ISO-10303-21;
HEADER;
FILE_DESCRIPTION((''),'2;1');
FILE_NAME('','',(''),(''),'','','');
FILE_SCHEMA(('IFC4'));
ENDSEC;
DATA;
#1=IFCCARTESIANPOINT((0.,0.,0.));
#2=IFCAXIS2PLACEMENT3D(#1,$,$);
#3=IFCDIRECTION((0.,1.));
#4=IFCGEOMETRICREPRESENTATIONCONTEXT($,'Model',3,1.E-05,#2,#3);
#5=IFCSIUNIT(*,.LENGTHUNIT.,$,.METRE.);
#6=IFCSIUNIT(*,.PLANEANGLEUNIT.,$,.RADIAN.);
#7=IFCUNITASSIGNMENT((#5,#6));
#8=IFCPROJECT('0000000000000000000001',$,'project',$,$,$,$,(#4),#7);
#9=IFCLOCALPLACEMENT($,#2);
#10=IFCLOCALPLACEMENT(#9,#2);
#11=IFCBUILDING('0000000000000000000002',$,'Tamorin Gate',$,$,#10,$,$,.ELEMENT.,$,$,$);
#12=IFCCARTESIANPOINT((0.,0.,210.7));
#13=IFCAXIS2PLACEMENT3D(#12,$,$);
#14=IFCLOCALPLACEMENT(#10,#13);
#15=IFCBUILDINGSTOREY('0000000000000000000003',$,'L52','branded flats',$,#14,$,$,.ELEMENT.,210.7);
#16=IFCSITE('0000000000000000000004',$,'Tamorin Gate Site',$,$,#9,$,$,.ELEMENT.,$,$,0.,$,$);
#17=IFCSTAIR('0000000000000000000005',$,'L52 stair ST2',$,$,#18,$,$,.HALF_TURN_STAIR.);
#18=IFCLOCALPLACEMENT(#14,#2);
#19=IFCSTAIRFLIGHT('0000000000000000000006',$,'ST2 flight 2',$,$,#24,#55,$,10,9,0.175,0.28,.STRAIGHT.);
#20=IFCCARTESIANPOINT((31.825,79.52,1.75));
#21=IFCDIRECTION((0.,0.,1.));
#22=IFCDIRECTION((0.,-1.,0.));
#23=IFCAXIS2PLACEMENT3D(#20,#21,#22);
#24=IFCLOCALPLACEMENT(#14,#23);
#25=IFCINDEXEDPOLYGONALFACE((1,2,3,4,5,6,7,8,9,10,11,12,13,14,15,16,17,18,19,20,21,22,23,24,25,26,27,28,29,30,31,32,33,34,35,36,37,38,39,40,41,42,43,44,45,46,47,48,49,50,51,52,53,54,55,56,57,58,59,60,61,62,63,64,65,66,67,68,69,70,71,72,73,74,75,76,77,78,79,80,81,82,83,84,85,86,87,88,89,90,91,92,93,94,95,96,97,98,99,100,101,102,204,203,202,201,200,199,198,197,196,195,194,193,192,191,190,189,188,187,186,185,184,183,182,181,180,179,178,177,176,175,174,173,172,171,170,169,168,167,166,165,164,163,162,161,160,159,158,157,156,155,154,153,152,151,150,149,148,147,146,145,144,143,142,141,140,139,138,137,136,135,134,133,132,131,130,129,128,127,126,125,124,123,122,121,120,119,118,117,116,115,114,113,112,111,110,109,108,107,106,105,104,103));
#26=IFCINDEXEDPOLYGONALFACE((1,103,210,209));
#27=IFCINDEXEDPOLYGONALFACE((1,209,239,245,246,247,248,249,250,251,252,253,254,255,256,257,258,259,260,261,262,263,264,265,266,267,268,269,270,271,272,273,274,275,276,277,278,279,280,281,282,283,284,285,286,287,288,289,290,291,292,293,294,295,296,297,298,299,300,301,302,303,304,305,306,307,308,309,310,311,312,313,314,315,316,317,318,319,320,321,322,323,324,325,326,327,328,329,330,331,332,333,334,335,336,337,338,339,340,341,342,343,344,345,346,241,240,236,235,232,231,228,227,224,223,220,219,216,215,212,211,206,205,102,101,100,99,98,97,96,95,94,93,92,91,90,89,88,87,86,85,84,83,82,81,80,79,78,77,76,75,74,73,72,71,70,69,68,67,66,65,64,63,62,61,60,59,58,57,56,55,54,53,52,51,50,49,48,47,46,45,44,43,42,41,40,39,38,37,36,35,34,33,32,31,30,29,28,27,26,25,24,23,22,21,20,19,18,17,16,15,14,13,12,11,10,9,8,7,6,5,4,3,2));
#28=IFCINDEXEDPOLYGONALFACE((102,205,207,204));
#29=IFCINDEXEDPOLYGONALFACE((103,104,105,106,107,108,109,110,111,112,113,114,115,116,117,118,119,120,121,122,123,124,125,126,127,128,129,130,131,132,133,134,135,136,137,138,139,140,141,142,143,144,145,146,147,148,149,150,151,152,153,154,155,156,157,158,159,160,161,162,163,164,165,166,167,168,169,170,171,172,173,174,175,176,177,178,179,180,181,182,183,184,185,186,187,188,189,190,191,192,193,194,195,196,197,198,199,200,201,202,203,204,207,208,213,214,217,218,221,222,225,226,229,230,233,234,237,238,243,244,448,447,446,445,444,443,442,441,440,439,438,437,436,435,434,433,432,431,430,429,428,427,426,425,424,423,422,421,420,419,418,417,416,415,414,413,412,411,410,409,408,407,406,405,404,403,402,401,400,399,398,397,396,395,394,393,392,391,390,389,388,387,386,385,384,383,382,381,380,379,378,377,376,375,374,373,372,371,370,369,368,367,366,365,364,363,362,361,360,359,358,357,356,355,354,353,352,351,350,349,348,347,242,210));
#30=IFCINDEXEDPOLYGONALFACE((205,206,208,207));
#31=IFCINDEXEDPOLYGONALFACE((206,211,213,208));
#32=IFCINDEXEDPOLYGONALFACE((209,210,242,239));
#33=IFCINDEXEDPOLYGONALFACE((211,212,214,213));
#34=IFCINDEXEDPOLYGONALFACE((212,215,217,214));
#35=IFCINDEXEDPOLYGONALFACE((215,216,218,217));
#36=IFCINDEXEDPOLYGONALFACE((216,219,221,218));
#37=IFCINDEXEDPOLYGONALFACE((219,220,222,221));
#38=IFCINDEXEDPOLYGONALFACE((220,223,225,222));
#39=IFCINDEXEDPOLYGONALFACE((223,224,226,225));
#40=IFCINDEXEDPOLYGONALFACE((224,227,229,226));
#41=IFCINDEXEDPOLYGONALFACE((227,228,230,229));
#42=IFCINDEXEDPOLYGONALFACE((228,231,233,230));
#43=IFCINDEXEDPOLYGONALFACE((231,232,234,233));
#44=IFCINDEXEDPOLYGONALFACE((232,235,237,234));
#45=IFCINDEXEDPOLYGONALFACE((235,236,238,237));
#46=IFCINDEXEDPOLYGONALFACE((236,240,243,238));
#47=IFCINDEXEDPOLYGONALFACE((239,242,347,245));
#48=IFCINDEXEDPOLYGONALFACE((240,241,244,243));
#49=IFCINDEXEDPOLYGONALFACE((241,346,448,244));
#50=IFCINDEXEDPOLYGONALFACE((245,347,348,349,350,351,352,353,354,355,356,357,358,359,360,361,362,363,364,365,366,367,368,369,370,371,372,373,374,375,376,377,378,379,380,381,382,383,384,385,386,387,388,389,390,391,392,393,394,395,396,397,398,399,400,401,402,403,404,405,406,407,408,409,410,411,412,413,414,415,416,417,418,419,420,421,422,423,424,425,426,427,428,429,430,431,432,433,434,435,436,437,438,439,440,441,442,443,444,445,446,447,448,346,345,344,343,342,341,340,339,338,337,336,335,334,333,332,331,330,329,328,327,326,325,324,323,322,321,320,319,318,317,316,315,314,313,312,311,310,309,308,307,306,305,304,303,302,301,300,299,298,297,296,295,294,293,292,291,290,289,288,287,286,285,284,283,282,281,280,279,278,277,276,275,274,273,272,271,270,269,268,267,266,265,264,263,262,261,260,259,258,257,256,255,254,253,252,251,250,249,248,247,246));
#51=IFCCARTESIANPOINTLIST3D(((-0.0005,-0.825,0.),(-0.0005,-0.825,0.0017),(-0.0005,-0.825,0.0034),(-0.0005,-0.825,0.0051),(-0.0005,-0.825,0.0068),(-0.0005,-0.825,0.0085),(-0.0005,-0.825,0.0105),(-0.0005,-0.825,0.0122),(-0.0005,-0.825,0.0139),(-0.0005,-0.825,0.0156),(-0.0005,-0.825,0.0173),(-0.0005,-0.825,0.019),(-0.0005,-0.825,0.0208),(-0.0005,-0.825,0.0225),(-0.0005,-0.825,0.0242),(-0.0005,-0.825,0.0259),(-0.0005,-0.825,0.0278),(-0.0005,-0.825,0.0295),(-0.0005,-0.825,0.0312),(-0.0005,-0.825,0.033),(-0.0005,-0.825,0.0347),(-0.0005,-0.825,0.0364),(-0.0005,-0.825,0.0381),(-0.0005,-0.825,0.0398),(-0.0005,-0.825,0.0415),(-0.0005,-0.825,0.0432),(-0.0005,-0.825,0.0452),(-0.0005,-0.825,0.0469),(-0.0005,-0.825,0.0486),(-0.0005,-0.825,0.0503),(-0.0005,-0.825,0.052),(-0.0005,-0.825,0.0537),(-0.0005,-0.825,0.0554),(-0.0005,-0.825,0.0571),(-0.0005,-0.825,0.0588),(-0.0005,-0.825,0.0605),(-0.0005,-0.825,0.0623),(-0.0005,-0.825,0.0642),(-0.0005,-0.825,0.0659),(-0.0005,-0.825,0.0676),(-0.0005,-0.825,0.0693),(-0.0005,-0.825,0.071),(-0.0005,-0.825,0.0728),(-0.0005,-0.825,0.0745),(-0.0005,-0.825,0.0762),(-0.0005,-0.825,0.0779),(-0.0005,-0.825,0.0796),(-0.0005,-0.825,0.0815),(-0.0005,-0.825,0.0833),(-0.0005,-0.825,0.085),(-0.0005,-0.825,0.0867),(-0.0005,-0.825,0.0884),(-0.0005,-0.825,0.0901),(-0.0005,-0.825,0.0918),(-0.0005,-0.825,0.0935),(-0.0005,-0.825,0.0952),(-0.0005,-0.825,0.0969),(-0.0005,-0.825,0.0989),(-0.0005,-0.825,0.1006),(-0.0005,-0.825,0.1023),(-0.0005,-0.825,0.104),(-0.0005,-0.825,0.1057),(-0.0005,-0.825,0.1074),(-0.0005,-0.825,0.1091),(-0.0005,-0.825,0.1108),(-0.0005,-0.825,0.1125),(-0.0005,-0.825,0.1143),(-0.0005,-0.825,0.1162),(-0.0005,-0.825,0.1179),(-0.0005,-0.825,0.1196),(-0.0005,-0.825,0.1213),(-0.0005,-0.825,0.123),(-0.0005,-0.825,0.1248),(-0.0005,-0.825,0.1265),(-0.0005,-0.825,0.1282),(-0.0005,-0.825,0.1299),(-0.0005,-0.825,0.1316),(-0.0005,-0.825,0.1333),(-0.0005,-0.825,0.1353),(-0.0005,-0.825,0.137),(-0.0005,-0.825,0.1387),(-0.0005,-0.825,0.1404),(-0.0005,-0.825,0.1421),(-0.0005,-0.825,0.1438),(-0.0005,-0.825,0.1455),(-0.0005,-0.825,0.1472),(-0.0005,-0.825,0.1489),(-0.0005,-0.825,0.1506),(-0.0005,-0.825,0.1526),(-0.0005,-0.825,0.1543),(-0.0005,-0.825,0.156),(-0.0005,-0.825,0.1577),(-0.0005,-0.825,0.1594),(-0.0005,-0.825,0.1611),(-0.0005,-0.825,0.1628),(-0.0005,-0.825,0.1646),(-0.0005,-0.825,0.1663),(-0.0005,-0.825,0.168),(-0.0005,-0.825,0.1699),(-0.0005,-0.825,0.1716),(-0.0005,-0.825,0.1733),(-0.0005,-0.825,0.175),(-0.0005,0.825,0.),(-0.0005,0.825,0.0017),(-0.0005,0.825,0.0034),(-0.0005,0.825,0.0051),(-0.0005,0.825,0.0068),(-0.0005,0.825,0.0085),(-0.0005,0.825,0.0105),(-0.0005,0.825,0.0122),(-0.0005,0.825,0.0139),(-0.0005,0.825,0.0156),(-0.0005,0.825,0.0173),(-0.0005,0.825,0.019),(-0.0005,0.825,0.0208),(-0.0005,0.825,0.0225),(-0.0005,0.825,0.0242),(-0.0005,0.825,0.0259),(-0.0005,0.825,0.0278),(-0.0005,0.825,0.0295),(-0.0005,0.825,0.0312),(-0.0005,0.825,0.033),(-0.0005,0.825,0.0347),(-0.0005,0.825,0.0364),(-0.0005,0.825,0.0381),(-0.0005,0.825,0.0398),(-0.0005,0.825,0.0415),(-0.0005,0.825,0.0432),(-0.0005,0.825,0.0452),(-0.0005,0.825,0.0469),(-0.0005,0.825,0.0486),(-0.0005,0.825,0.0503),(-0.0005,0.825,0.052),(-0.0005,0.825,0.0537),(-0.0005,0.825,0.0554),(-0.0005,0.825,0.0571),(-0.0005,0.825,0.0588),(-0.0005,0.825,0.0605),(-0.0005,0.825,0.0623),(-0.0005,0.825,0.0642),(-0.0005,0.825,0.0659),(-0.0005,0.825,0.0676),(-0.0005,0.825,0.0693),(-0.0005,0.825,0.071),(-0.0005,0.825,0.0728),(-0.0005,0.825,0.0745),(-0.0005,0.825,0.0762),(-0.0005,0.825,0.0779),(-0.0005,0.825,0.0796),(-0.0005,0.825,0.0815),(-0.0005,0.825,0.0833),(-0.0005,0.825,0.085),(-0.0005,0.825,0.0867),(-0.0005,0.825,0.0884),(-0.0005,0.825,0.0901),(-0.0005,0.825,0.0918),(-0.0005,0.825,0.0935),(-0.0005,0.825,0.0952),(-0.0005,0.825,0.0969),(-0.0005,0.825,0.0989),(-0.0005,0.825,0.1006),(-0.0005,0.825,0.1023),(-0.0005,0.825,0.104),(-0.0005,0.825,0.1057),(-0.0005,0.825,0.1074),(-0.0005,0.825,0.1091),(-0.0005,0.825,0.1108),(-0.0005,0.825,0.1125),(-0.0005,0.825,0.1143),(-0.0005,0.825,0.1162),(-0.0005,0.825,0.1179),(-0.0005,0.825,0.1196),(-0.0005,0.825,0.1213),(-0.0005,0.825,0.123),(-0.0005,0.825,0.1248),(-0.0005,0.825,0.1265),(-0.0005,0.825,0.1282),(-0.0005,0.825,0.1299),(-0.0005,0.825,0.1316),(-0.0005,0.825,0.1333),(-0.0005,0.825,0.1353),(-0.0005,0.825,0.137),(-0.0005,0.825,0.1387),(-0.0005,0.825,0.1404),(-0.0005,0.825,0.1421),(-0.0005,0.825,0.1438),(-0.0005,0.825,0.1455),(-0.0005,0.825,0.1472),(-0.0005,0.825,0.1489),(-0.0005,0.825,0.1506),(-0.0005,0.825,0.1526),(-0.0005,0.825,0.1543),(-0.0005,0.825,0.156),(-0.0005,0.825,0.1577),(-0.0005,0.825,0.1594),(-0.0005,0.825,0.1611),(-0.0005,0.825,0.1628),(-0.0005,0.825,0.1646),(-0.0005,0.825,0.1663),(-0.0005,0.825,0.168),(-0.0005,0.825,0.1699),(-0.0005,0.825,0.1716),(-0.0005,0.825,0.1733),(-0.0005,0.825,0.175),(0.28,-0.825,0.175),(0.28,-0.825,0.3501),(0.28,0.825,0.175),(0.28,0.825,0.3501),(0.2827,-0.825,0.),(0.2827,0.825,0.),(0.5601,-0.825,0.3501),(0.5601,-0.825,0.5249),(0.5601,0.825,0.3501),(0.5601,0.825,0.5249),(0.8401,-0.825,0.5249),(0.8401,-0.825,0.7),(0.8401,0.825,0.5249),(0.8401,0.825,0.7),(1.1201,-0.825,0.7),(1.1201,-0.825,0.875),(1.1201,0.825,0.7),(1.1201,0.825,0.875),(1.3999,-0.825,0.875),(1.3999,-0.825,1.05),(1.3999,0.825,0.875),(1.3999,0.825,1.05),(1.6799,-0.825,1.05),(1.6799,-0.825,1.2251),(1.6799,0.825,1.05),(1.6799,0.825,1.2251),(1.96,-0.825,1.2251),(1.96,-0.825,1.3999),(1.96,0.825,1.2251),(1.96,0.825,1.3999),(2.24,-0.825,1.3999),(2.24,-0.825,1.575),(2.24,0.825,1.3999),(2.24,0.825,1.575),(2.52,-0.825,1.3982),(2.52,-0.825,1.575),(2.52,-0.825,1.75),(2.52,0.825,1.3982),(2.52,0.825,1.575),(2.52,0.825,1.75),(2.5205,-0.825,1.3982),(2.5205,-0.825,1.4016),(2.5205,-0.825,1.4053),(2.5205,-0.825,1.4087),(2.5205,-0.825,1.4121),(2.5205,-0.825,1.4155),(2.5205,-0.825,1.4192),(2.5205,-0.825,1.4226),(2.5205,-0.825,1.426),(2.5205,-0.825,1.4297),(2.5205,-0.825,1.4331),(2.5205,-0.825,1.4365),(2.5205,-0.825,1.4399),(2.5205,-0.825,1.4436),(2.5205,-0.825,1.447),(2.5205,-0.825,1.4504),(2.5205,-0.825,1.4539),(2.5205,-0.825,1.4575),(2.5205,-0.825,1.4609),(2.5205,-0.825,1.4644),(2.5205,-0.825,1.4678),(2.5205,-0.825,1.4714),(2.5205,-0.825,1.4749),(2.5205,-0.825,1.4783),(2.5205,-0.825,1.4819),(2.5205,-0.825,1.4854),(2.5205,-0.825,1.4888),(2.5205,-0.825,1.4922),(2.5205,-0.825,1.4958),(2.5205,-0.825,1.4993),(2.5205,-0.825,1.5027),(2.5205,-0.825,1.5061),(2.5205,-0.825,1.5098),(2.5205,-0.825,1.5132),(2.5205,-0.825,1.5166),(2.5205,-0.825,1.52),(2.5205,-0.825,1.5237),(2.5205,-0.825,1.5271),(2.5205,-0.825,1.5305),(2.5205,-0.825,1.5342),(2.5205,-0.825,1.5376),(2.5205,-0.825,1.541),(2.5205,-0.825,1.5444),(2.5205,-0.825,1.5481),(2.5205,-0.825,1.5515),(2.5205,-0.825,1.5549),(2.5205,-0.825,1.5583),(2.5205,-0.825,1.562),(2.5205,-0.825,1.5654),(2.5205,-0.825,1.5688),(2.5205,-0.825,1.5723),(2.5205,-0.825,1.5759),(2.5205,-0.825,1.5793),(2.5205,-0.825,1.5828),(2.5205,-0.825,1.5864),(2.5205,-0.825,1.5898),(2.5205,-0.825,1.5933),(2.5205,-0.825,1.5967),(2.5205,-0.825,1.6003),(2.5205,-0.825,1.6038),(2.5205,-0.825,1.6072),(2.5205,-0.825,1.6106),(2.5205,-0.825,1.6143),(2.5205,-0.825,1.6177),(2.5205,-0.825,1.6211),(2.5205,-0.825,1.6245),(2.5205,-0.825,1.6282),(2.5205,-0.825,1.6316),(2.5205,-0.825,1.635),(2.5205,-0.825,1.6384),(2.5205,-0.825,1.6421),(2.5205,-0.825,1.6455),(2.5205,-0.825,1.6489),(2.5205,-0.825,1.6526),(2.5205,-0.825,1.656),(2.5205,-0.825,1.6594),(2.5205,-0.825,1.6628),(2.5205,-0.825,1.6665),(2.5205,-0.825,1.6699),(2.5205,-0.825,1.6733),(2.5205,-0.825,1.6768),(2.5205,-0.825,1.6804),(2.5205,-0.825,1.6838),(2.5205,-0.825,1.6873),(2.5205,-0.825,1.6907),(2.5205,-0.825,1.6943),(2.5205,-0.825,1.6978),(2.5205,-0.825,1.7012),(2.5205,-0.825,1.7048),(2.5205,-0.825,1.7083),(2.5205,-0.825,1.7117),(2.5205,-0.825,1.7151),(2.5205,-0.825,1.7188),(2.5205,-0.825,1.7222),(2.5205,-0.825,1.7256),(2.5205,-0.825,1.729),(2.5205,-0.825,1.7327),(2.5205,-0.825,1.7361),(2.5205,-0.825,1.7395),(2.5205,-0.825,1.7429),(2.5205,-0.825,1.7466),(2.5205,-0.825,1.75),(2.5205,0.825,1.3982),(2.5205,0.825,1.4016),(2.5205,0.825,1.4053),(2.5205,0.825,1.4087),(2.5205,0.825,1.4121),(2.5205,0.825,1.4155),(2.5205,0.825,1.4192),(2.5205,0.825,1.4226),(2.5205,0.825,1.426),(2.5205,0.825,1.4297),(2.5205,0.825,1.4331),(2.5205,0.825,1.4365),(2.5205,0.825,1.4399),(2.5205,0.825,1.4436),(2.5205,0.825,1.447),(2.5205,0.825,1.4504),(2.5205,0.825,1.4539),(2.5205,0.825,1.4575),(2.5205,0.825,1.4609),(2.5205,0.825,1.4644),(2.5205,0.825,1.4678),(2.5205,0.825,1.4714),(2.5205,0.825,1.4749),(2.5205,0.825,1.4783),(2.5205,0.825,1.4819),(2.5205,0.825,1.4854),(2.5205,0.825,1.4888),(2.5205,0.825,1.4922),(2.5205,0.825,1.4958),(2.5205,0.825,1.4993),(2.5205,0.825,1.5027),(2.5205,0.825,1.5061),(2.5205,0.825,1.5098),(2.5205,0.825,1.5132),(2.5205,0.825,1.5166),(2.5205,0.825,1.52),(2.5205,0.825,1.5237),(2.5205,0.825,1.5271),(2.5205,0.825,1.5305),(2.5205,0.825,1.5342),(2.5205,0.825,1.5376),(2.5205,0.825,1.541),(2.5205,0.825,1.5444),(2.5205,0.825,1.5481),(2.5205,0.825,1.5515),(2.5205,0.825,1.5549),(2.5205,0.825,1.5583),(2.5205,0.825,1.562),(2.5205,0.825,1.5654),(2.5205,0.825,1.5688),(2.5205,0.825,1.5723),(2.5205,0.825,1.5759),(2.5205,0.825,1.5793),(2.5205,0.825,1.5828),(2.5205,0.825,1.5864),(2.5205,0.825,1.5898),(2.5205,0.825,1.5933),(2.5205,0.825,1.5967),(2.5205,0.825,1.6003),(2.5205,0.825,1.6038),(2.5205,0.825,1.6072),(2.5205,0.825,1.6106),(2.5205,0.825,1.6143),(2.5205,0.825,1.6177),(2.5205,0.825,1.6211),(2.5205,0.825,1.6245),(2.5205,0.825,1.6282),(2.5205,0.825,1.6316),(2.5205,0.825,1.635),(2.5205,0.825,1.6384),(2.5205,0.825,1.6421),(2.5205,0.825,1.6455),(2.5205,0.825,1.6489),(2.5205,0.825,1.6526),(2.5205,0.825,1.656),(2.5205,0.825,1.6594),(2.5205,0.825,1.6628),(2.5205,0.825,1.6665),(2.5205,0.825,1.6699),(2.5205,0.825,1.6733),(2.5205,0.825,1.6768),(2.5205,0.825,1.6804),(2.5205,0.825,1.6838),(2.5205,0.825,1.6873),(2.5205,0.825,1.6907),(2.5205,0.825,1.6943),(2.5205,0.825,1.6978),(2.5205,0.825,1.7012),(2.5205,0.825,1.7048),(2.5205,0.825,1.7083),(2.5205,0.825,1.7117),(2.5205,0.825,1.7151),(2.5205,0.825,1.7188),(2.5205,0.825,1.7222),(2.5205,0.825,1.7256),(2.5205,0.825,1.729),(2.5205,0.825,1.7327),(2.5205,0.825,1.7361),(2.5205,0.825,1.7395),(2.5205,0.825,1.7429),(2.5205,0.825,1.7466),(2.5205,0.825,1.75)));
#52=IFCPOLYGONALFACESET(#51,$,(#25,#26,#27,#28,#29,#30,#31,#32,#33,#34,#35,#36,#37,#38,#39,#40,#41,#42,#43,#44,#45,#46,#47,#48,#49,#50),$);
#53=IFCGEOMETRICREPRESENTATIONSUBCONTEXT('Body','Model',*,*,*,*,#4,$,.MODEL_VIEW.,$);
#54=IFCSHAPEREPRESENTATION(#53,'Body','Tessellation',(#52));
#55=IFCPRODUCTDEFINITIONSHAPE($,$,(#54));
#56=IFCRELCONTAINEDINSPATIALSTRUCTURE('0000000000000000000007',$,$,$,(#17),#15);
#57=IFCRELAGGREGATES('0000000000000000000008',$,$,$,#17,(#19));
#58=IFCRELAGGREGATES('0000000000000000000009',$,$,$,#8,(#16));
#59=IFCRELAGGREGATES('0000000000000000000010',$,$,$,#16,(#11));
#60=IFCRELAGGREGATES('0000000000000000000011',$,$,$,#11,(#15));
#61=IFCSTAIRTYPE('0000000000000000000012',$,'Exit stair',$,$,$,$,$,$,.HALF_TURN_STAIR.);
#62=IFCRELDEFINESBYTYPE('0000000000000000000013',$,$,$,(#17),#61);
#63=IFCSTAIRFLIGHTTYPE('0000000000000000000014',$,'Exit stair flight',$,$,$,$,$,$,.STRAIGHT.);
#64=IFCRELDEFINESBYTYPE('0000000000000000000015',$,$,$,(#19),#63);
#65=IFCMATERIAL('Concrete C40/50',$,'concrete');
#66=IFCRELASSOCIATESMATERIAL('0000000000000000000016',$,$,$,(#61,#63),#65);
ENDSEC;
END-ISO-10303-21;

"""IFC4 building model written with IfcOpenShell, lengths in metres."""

from ifc_helpers import new_model, si_unit, direction, frame, origin, place, context, subcontext, project, spatial, polyline, outline, extrude, material, type_object, element, aggregate, save


model = new_model("IFC4")

# Units and contexts
model_context = context("Model", 3, precision=1e-05, world=origin(), true_north=direction((0.0, 1.0)))
body_context = subcontext(model_context, "Body", "Model", "MODEL_VIEW")
ifc_project = project(units=[si_unit("LENGTHUNIT", "METRE"), si_unit("PLANEANGLEUNIT", "RADIAN")], contexts=[model_context])

# Site, building, storey
site_placement = place(None, origin())
site = spatial("IfcSite", under=ifc_project, at=site_placement, Name="Tamorin Gate Site", CompositionType="ELEMENT", RefElevation=0.0)
building_placement = place(site_placement, origin())
building = spatial("IfcBuilding", under=site, at=building_placement, Name="Tamorin Gate", CompositionType="ELEMENT")
storey_placement = place(building_placement, frame((0.0, 0.0, 210.7)))
storey = spatial("IfcBuildingStorey", under=building, at=storey_placement, Name="L52", Description="branded flats", CompositionType="ELEMENT", Elevation=210.7)

# Stair, stair flight
ifc_material_1 = material(Name="Concrete C40/50", Category="concrete")
stair_type = type_object("IfcStairType", Name="Exit stair", PredefinedType="HALF_TURN_STAIR", material=ifc_material_1)
stair_placement = place(storey_placement, origin())
stair = element("IfcStair", 1, at=stair_placement, inside=storey, type_object=stair_type, Name="L52 stair ST2", PredefinedType="HALF_TURN_STAIR")
stair_flight_type = type_object("IfcStairFlightType", Name="Exit stair flight", PredefinedType="STRAIGHT", material=ifc_material_1)
stair_flight_placement = place(storey_placement, frame((31.825, 79.52, 1.75), z_axis=(0.0, 0.0, 1.0), x_axis=(0.0, -1.0, 0.0)))
stair_flight = element("IfcStairFlight", 2, at=stair_flight_placement, type_object=stair_flight_type, Name="ST2 flight 2", NumberOfRisers=10, NumberOfTreads=9, PredefinedType="STRAIGHT", RiserHeight=0.175, TreadLength=0.28, context=body_context, shape_type="SweptSolid", body=[
    extrude(outline(polyline([(-0.0005, 0.0), (-0.0005, 0.0017), (-0.0005, 0.0034), (-0.0005, 0.0051), (-0.0005, 0.0068), (-0.0005, 0.0085), (-0.0005, 0.0105), (-0.0005, 0.0122), (-0.0005, 0.0139), (-0.0005, 0.0156), (-0.0005, 0.0173), (-0.0005, 0.019), (-0.0005, 0.0208), (-0.0005, 0.0225), (-0.0005, 0.0242), (-0.0005, 0.0259), (-0.0005, 0.0278), (-0.0005, 0.0295), (-0.0005, 0.0312), (-0.0005, 0.033), (-0.0005, 0.0347), (-0.0005, 0.0364), (-0.0005, 0.0381), (-0.0005, 0.0398), (-0.0005, 0.0415), (-0.0005, 0.0432), (-0.0005, 0.0452), (-0.0005, 0.0469), (-0.0005, 0.0486), (-0.0005, 0.0503), (-0.0005, 0.052), (-0.0005, 0.0537), (-0.0005, 0.0554), (-0.0005, 0.0571), (-0.0005, 0.0588), (-0.0005, 0.0605), (-0.0005, 0.0623), (-0.0005, 0.0642), (-0.0005, 0.0659), (-0.0005, 0.0676), (-0.0005, 0.0693), (-0.0005, 0.071), (-0.0005, 0.0728), (-0.0005, 0.0745), (-0.0005, 0.0762), (-0.0005, 0.0779), (-0.0005, 0.0796), (-0.0005, 0.0815), (-0.0005, 0.0833), (-0.0005, 0.085), (-0.0005, 0.0867), (-0.0005, 0.0884), (-0.0005, 0.0901), (-0.0005, 0.0918), (-0.0005, 0.0935), (-0.0005, 0.0952), (-0.0005, 0.0969), (-0.0005, 0.0989), (-0.0005, 0.1006), (-0.0005, 0.1023), (-0.0005, 0.104), (-0.0005, 0.1057), (-0.0005, 0.1074), (-0.0005, 0.1091), (-0.0005, 0.1108), (-0.0005, 0.1125), (-0.0005, 0.1143), (-0.0005, 0.1162), (-0.0005, 0.1179), (-0.0005, 0.1196), (-0.0005, 0.1213), (-0.0005, 0.123), (-0.0005, 0.1248), (-0.0005, 0.1265), (-0.0005, 0.1282), (-0.0005, 0.1299), (-0.0005, 0.1316), (-0.0005, 0.1333), (-0.0005, 0.1353), (-0.0005, 0.137), (-0.0005, 0.1387), (-0.0005, 0.1404), (-0.0005, 0.1421), (-0.0005, 0.1438), (-0.0005, 0.1455), (-0.0005, 0.1472), (-0.0005, 0.1489), (-0.0005, 0.1506), (-0.0005, 0.1526), (-0.0005, 0.1543), (-0.0005, 0.156), (-0.0005, 0.1577), (-0.0005, 0.1594), (-0.0005, 0.1611), (-0.0005, 0.1628), (-0.0005, 0.1646), (-0.0005, 0.1663), (-0.0005, 0.168), (-0.0005, 0.1699), (-0.0005, 0.1716), (-0.0005, 0.1733), (-0.0005, 0.175), (0.28, 0.175), (0.28, 0.3501), (0.5601, 0.3501), (0.5601, 0.5249), (0.8401, 0.5249), (0.8401, 0.7), (1.1201, 0.7), (1.1201, 0.875), (1.3999, 0.875), (1.3999, 1.05), (1.6799, 1.05), (1.6799, 1.2251), (1.96, 1.2251), (1.96, 1.3999), (2.24, 1.3999), (2.24, 1.575), (2.52, 1.575), (2.52, 1.75), (2.5205, 1.75), (2.5205, 1.7466), (2.5205, 1.7429), (2.5205, 1.7395), (2.5205, 1.7361), (2.5205, 1.7327), (2.5205, 1.729), (2.5205, 1.7256), (2.5205, 1.7222), (2.5205, 1.7188), (2.5205, 1.7151), (2.5205, 1.7117), (2.5205, 1.7083), (2.5205, 1.7048), (2.5205, 1.7012), (2.5205, 1.6978), (2.5205, 1.6943), (2.5205, 1.6907), (2.5205, 1.6873), (2.5205, 1.6838), (2.5205, 1.6804), (2.5205, 1.6768), (2.5205, 1.6733), (2.5205, 1.6699), (2.5205, 1.6665), (2.5205, 1.6628), (2.5205, 1.6594), (2.5205, 1.656), (2.5205, 1.6526), (2.5205, 1.6489), (2.5205, 1.6455), (2.5205, 1.6421), (2.5205, 1.6384), (2.5205, 1.635), (2.5205, 1.6316), (2.5205, 1.6282), (2.5205, 1.6245), (2.5205, 1.6211), (2.5205, 1.6177), (2.5205, 1.6143), (2.5205, 1.6106), (2.5205, 1.6072), (2.5205, 1.6038), (2.5205, 1.6003), (2.5205, 1.5967), (2.5205, 1.5933), (2.5205, 1.5898), (2.5205, 1.5864), (2.5205, 1.5828), (2.5205, 1.5793), (2.5205, 1.5759), (2.5205, 1.5723), (2.5205, 1.5688), (2.5205, 1.5654), (2.5205, 1.562), (2.5205, 1.5583), (2.5205, 1.5549), (2.5205, 1.5515), (2.5205, 1.5481), (2.5205, 1.5444), (2.5205, 1.541), (2.5205, 1.5376), (2.5205, 1.5342), (2.5205, 1.5305), (2.5205, 1.5271), (2.5205, 1.5237), (2.5205, 1.52), (2.5205, 1.5166), (2.5205, 1.5132), (2.5205, 1.5098), (2.5205, 1.5061), (2.5205, 1.5027), (2.5205, 1.4993), (2.5205, 1.4958), (2.5205, 1.4922), (2.5205, 1.4888), (2.5205, 1.4854), (2.5205, 1.4819), (2.5205, 1.4783), (2.5205, 1.4749), (2.5205, 1.4714), (2.5205, 1.4678), (2.5205, 1.4644), (2.5205, 1.4609), (2.5205, 1.4575), (2.5205, 1.4539), (2.5205, 1.4504), (2.5205, 1.447), (2.5205, 1.4436), (2.5205, 1.4399), (2.5205, 1.4365), (2.5205, 1.4331), (2.5205, 1.4297), (2.5205, 1.426), (2.5205, 1.4226), (2.5205, 1.4192), (2.5205, 1.4155), (2.5205, 1.4121), (2.5205, 1.4087), (2.5205, 1.4053), (2.5205, 1.4016), (2.5205, 1.3982), (2.52, 1.3982), (0.2827, 0.0), (-0.0005, 0.0)])), frame((0.0, 0.825, 0.0), z_axis=(0.0, -1.0, 0.0), x_axis=(1.0, 0.0, 0.0)), (0.0, 0.0, 1.0), 1.6499),
])
aggregate(stair, [stair_flight])

save(model, "model.ifc")
